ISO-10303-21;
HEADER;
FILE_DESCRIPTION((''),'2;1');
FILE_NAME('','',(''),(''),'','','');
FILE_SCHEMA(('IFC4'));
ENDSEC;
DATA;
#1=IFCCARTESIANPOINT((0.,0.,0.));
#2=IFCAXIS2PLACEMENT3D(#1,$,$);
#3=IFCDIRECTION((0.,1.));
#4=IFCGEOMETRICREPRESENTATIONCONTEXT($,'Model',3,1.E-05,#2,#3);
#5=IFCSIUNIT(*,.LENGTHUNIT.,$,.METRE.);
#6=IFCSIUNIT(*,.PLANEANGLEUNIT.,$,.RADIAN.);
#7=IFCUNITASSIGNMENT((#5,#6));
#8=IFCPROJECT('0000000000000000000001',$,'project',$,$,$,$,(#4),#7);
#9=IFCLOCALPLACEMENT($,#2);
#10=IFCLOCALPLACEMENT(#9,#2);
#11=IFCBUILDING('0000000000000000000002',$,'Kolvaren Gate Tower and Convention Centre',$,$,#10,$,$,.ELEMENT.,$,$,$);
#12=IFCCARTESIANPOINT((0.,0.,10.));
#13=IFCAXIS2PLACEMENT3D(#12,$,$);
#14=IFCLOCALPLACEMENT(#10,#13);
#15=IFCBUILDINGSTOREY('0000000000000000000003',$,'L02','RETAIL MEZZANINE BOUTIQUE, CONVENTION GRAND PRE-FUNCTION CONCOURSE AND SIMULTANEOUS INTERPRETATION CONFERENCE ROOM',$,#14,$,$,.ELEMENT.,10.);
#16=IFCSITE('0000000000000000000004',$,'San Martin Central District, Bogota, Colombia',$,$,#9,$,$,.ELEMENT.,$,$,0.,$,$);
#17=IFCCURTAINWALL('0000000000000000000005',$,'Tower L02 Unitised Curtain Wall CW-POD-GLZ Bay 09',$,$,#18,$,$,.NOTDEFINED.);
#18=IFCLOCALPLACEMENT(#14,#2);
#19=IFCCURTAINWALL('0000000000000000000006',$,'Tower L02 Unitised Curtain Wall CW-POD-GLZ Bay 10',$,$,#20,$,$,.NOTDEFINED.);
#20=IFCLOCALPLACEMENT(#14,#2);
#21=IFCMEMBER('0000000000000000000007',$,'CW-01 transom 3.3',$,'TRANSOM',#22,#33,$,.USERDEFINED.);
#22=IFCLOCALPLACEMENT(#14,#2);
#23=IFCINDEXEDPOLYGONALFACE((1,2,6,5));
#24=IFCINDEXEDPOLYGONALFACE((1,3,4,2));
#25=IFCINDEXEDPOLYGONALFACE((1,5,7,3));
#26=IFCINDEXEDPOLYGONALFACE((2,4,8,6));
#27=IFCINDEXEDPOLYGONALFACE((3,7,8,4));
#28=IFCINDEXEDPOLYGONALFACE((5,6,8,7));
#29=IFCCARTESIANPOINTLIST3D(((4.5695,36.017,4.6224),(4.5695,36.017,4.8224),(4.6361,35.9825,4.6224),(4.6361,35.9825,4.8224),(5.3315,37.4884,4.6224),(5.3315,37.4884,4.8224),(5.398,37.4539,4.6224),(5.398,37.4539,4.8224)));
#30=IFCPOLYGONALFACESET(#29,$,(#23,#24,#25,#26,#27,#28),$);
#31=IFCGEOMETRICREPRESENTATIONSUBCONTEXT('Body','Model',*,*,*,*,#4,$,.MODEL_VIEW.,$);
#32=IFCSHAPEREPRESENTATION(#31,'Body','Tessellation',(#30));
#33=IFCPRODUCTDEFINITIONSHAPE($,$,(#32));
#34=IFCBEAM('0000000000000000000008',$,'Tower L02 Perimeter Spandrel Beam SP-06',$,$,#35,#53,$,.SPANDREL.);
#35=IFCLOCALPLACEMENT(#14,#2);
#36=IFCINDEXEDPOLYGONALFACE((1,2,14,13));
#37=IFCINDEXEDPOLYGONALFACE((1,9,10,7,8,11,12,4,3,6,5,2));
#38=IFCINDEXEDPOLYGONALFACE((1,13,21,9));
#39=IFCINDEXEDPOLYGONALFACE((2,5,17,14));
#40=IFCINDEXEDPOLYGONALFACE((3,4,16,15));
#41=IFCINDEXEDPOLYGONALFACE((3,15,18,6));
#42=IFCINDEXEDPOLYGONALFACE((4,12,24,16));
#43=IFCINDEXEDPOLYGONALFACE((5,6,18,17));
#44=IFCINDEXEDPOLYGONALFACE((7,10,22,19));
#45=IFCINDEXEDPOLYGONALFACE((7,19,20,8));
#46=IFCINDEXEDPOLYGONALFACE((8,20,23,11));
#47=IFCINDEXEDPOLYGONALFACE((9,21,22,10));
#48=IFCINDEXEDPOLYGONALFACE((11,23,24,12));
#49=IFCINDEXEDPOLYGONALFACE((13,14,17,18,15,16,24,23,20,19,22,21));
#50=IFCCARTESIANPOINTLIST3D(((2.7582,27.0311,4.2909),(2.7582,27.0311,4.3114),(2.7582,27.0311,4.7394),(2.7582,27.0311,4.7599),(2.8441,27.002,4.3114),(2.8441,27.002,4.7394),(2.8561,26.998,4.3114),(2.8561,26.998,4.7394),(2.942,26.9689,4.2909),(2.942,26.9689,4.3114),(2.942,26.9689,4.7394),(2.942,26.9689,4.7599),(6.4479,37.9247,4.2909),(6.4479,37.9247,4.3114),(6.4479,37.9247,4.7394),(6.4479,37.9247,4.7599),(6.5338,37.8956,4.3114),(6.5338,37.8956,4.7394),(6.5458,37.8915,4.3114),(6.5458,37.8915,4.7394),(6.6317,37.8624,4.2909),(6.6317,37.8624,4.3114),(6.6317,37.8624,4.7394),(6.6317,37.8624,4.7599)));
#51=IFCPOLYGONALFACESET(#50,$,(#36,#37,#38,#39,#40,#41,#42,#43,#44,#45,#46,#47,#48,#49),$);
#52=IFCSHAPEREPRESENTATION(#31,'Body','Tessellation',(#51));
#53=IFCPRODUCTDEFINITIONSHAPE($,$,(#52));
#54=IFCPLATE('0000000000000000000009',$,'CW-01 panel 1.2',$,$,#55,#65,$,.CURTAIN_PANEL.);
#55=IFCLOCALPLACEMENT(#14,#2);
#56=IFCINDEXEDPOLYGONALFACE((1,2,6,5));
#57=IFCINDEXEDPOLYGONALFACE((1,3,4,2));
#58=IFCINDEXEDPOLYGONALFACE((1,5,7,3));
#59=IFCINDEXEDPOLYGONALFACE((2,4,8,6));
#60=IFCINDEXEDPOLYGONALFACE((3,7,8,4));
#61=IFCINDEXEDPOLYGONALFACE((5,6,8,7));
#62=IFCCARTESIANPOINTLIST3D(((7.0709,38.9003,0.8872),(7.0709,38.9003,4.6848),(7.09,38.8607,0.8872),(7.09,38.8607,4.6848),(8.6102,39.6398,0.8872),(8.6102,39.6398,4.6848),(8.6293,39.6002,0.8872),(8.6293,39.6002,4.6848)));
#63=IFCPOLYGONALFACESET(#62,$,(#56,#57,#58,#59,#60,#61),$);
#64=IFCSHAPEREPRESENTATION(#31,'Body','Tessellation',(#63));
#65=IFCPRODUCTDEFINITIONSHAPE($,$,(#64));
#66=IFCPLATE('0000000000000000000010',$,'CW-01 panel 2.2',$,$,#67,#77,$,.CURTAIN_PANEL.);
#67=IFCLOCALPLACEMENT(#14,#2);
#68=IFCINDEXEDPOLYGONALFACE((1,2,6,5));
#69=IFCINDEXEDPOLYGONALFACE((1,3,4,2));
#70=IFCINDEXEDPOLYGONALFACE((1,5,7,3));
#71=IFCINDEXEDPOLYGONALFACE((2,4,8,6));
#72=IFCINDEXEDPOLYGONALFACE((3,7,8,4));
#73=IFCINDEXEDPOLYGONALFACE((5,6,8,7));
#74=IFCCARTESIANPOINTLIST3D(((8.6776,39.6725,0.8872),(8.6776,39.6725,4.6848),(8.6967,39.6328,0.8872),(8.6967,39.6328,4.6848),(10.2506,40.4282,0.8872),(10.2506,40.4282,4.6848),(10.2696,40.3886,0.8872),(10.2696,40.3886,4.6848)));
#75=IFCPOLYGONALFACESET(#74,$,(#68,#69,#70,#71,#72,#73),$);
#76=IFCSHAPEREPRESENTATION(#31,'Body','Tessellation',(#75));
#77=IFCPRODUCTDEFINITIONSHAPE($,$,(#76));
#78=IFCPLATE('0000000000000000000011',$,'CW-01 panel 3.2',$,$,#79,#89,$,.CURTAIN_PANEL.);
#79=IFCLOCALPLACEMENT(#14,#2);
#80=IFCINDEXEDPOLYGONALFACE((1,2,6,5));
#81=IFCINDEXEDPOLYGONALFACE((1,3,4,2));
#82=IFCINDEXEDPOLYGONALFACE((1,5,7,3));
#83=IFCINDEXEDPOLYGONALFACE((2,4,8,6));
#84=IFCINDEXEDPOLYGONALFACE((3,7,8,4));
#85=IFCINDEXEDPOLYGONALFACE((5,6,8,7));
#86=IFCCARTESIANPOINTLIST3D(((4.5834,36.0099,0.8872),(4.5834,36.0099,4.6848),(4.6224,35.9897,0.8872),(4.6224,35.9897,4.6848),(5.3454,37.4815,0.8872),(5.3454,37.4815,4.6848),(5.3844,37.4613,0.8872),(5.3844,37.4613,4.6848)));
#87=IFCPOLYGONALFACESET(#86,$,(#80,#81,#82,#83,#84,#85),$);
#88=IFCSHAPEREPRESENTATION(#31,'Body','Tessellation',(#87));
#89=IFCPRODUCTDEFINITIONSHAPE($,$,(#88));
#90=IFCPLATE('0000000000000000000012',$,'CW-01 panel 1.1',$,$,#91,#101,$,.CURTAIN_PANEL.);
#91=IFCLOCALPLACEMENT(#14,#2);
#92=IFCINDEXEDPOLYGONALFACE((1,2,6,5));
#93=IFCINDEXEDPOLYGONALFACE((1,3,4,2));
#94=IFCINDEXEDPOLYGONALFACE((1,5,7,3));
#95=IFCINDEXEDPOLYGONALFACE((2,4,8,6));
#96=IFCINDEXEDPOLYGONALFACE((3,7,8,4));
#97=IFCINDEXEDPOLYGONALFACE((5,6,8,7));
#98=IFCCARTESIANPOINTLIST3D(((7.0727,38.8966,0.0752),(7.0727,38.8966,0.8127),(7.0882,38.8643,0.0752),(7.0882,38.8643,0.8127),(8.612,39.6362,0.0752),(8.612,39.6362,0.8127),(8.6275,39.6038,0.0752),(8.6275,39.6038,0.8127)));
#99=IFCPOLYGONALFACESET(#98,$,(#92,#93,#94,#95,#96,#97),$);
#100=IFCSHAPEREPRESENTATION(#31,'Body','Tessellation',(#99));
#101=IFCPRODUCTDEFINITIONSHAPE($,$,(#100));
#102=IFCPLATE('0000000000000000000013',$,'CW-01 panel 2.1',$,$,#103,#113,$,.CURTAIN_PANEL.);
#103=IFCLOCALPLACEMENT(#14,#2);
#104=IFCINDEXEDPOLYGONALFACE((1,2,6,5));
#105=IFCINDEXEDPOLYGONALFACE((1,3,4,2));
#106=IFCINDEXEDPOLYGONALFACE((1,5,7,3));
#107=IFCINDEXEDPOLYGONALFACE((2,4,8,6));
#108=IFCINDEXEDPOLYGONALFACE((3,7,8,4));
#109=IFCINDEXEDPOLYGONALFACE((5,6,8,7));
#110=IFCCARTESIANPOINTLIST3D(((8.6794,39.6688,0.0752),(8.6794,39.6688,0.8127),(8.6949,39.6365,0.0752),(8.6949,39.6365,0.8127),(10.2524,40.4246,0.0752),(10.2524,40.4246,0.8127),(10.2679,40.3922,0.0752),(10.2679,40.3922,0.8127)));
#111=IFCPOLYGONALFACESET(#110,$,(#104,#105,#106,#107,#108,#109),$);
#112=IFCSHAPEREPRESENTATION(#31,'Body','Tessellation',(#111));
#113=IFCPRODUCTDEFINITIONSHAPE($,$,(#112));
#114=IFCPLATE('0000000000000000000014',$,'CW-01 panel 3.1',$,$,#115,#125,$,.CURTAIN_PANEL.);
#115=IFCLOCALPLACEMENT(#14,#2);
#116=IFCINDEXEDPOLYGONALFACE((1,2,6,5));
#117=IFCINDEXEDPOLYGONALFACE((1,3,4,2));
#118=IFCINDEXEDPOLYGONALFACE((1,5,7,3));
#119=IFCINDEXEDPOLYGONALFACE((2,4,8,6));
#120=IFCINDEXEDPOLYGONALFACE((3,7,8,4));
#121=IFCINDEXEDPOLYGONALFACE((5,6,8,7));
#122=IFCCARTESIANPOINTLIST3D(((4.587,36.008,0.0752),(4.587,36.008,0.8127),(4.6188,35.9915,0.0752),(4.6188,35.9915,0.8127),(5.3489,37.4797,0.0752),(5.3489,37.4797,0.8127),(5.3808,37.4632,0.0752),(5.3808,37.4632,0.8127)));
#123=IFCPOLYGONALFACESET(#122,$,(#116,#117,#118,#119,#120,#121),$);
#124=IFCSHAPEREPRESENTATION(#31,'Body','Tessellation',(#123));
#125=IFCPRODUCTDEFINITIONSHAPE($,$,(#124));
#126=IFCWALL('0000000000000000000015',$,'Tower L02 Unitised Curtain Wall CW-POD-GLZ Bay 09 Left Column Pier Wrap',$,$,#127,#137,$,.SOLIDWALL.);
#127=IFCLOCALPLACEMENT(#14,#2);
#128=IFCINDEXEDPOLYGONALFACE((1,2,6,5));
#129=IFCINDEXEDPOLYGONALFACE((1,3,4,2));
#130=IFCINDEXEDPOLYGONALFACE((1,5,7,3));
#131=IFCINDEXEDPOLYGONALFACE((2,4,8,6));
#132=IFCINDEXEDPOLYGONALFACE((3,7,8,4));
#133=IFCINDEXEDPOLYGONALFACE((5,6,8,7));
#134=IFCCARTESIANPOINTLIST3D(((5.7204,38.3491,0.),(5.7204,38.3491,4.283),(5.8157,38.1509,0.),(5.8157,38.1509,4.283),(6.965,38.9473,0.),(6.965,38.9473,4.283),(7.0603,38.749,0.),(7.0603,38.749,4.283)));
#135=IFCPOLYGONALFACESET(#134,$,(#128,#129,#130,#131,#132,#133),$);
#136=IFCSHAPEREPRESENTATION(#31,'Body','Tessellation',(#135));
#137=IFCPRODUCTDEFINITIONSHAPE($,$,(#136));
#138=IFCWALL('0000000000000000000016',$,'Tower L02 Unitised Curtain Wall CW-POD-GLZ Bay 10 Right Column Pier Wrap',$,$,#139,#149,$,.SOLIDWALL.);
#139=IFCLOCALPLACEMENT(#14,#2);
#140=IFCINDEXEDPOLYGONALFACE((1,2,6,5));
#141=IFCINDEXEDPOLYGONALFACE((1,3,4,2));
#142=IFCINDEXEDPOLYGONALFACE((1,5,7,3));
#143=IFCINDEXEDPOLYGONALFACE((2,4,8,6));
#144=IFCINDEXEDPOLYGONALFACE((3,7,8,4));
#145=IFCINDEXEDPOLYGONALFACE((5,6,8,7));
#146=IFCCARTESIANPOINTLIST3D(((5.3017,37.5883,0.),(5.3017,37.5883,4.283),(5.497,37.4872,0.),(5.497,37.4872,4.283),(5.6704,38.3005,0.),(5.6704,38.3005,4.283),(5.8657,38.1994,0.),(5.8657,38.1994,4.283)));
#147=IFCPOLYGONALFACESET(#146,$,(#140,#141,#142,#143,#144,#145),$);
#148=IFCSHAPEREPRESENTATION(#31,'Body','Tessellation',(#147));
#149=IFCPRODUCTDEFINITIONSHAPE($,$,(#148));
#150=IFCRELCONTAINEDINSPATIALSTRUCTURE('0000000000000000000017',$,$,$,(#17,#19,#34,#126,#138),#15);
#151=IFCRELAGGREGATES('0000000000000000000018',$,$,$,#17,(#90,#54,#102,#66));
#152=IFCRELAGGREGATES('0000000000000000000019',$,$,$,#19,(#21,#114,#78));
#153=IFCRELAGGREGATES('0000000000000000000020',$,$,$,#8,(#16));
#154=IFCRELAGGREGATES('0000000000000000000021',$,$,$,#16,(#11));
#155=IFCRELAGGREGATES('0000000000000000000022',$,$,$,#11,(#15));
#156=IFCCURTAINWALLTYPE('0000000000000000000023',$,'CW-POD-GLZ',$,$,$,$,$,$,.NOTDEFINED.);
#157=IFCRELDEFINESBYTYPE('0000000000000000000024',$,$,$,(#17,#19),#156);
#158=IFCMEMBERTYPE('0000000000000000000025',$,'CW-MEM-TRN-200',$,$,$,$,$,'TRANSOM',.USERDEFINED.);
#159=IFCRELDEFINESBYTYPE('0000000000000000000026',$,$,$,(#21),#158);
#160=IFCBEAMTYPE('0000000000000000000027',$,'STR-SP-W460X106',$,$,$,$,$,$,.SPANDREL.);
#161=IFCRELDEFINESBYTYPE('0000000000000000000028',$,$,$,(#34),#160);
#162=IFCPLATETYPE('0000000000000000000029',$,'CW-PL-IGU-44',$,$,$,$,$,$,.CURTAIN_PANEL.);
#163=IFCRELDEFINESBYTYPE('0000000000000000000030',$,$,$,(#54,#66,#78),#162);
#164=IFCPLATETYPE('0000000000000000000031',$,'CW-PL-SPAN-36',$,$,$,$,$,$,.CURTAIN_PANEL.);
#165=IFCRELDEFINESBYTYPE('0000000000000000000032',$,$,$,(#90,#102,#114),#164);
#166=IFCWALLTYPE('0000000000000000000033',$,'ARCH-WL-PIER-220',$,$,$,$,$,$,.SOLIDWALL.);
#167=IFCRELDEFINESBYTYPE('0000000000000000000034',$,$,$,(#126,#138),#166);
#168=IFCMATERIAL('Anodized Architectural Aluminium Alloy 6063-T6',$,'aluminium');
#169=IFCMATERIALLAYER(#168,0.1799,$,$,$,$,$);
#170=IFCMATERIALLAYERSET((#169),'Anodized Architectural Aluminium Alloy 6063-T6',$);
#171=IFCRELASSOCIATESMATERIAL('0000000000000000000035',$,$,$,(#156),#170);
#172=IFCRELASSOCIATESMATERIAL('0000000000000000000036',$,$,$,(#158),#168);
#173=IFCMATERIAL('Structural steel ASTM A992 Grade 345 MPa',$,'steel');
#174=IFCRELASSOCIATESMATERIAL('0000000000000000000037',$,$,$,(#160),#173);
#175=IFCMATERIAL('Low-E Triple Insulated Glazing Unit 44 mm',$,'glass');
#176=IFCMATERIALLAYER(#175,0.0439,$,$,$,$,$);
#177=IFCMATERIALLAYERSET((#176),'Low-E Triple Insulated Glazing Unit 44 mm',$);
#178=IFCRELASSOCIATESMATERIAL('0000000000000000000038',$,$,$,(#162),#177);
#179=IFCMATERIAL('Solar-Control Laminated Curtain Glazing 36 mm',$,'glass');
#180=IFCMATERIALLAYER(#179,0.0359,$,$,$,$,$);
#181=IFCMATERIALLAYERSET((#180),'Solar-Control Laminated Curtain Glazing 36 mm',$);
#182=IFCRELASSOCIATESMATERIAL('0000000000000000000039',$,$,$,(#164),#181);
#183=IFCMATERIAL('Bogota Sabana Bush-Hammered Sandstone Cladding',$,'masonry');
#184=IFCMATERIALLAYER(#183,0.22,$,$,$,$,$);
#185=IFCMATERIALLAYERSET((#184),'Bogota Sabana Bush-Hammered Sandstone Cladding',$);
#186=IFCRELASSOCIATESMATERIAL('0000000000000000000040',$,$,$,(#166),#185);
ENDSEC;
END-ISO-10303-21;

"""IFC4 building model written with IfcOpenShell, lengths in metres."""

from ifc_helpers import new_model, si_unit, direction, frame, frame_2d, origin, origin_2d, place, context, subcontext, project, spatial, rectangle, i_section, extrude, material, layer, layer_set, material_profile, profile_set, type_object, element, aggregate, save


model = new_model("IFC4")

# Units and contexts
model_context = context("Model", 3, precision=1e-05, world=origin(), true_north=direction((0.0, 1.0)))
body_context = subcontext(model_context, "Body", "Model", "MODEL_VIEW")
ifc_project = project(units=[si_unit("LENGTHUNIT", "METRE"), si_unit("PLANEANGLEUNIT", "RADIAN")], contexts=[model_context])

# Site, building, storey
site_placement = place(None, origin())
site = spatial("IfcSite", under=ifc_project, at=site_placement, Name="San Martin Central District, Bogota, Colombia", CompositionType="ELEMENT", RefElevation=0.0)
building_placement = place(site_placement, origin())
building = spatial("IfcBuilding", under=site, at=building_placement, Name="Kolvaren Gate Tower and Convention Centre", CompositionType="ELEMENT")
storey_placement = place(building_placement, frame((0.0, 0.0, 10.0)))
storey = spatial("IfcBuildingStorey", under=building, at=storey_placement, Name="L02", Description="RETAIL MEZZANINE BOUTIQUE, CONVENTION GRAND PRE-FUNCTION CONCOURSE AND SIMULTANEOUS INTERPRETATION CONFERENCE ROOM", CompositionType="ELEMENT", Elevation=10.0)

# Curtain wall
ifc_material_1 = material(Name="Anodized Architectural Aluminium Alloy 6063-T6", Category="aluminium")
ifc_layer_1 = layer(ifc_material_1, 0.1799)
ifc_layer_set_1 = layer_set([ifc_layer_1], Name="Anodized Architectural Aluminium Alloy 6063-T6")
curtain_wall_type = type_object("IfcCurtainWallType", Name="CW-POD-GLZ", PredefinedType="NOTDEFINED", material=ifc_layer_set_1)
curtain_wall_1_placement = place(storey_placement, origin())
curtain_wall_1 = element("IfcCurtainWall", 1, at=curtain_wall_1_placement, inside=storey, type_object=curtain_wall_type, Name="Tower L02 Unitised Curtain Wall CW-POD-GLZ Bay 09", PredefinedType="NOTDEFINED")

# Curtain wall
curtain_wall_2_placement = place(storey_placement, origin())
curtain_wall_2 = element("IfcCurtainWall", 2, at=curtain_wall_2_placement, inside=storey, type_object=curtain_wall_type, Name="Tower L02 Unitised Curtain Wall CW-POD-GLZ Bay 10", PredefinedType="NOTDEFINED")

# Member
ifc_material_profile_1 = material_profile(ifc_material_1, rectangle(XDim=0.075, YDim=0.2, at=origin_2d()), Name="CW-MEM-TRN-200")
ifc_profile_set_1 = profile_set([ifc_material_profile_1], Name="Anodized Architectural Aluminium Alloy 6063-T6")
member_type_1 = type_object("IfcMemberType", Name="CW-MEM-TRN-200", ElementType="TRANSOM", PredefinedType="USERDEFINED", material=ifc_profile_set_1)
member_1_placement = place(storey_placement, frame((4.6028, 35.9998, 4.7224), z_axis=(0.45984, 0.888002, 0.0), x_axis=(-0.888002, 0.45984, 0.0)))
member_1 = element("IfcMember", 3, at=member_1_placement, type_object=member_type_1, Name="CW-01 transom 3.3", ObjectType="TRANSOM", PredefinedType="USERDEFINED", context=body_context, shape_type="SweptSolid", body=[
    extrude(rectangle(XDim=0.075, YDim=0.2, at=origin_2d()), origin(), (0.0, 0.0, 1.0), 1.657),
])

# Beam
ifc_material_2 = material(Name="Structural steel ASTM A992 Grade 345 MPa", Category="steel")
ifc_material_profile_2 = material_profile(ifc_material_2, i_section(OverallWidth=0.1941, OverallDepth=0.469, WebThickness=0.0127, FlangeThickness=0.0205, at=origin_2d()), Name="W460X106")
ifc_profile_set_2 = profile_set([ifc_material_profile_2], Name="Structural steel ASTM A992 Grade 345 MPa")
beam_type = type_object("IfcBeamType", Name="STR-SP-W460X106", PredefinedType="SPANDREL", material=ifc_profile_set_2)
beam_placement = place(storey_placement, frame((6.5398, 37.8936, 4.5254), z_axis=(-0.320803, -0.947146, 0.0), x_axis=(0.947146, -0.320803, 0.0)))
element("IfcBeam", 4, at=beam_placement, inside=storey, type_object=beam_type, Name="Tower L02 Perimeter Spandrel Beam SP-06", PredefinedType="SPANDREL", context=body_context, shape_type="SweptSolid", body=[
    extrude(i_section(OverallWidth=0.1941, OverallDepth=0.469, WebThickness=0.0127, FlangeThickness=0.0205, at=origin_2d()), origin(), (0.0, 0.0, 1.0), 11.5015),
])

# Plates
ifc_material_3 = material(Name="Low-E Triple Insulated Glazing Unit 44 mm", Category="glass")
ifc_layer_2 = layer(ifc_material_3, 0.0439)
ifc_layer_set_2 = layer_set([ifc_layer_2], Name="Low-E Triple Insulated Glazing Unit 44 mm")
plate_type_1 = type_object("IfcPlateType", Name="CW-PL-IGU-44", PredefinedType="CURTAIN_PANEL", material=ifc_layer_set_2)
plate_1_placement = place(storey_placement, frame((7.8501, 39.2502, 0.8872), z_axis=(0.0, 0.0, 1.0), x_axis=(0.901367, 0.433057, 0.0)))
plate_1 = element("IfcPlate", 5, at=plate_1_placement, type_object=plate_type_1, Name="CW-01 panel 1.2", PredefinedType="CURTAIN_PANEL", context=body_context, shape_type="SweptSolid", body=[
    extrude(rectangle(XDim=1.7078, YDim=0.0439, at=origin_2d()), origin(), (0.0, 0.0, 1.0), 3.7976),
])
plate_2_placement = place(storey_placement, frame((9.4736, 40.0305, 0.8872), z_axis=(0.0, 0.0, 1.0), x_axis=(0.901367, 0.433057, 0.0)))
plate_2 = element("IfcPlate", 6, at=plate_2_placement, type_object=plate_type_1, Name="CW-01 panel 2.2", PredefinedType="CURTAIN_PANEL", context=body_context, shape_type="SweptSolid", body=[
    extrude(rectangle(XDim=1.7451, YDim=0.0439, at=origin_2d()), origin(), (0.0, 0.0, 1.0), 3.7976),
])
plate_3_placement = place(storey_placement, frame((4.9839, 36.7356, 0.8872), z_axis=(0.0, 0.0, 1.0), x_axis=(0.459789, 0.888028, 0.0)))
plate_3 = element("IfcPlate", 7, at=plate_3_placement, type_object=plate_type_1, Name="CW-01 panel 3.2", PredefinedType="CURTAIN_PANEL", context=body_context, shape_type="SweptSolid", body=[
    extrude(rectangle(XDim=1.6572, YDim=0.0439, at=origin_2d()), origin(), (0.0, 0.0, 1.0), 3.7976),
])
ifc_material_4 = material(Name="Solar-Control Laminated Curtain Glazing 36 mm", Category="glass")
ifc_layer_3 = layer(ifc_material_4, 0.0359)
ifc_layer_set_3 = layer_set([ifc_layer_3], Name="Solar-Control Laminated Curtain Glazing 36 mm")
plate_type_2 = type_object("IfcPlateType", Name="CW-PL-SPAN-36", PredefinedType="CURTAIN_PANEL", material=ifc_layer_set_3)
plate_4_placement = place(storey_placement, frame((7.8501, 39.2502, 0.0752), z_axis=(0.0, 0.0, 1.0), x_axis=(0.901367, 0.433057, 0.0)))
plate_4 = element("IfcPlate", 8, at=plate_4_placement, type_object=plate_type_2, Name="CW-01 panel 1.1", PredefinedType="CURTAIN_PANEL", context=body_context, shape_type="SweptSolid", body=[
    extrude(rectangle(XDim=1.7078, YDim=0.0359, at=origin_2d()), origin(), (0.0, 0.0, 1.0), 0.7375),
])
plate_5_placement = place(storey_placement, frame((9.4736, 40.0305, 0.0752), z_axis=(0.0, 0.0, 1.0), x_axis=(0.901367, 0.433057, 0.0)))
plate_5 = element("IfcPlate", 9, at=plate_5_placement, type_object=plate_type_2, Name="CW-01 panel 2.1", PredefinedType="CURTAIN_PANEL", context=body_context, shape_type="SweptSolid", body=[
    extrude(rectangle(XDim=1.7451, YDim=0.0359, at=origin_2d()), origin(), (0.0, 0.0, 1.0), 0.7375),
])
aggregate(curtain_wall_1, [plate_4, plate_1, plate_5, plate_2])
plate_6_placement = place(storey_placement, frame((4.9839, 36.7356, 0.0752), z_axis=(0.0, 0.0, 1.0), x_axis=(0.459789, 0.888028, 0.0)))
plate_6 = element("IfcPlate", 10, at=plate_6_placement, type_object=plate_type_2, Name="CW-01 panel 3.1", PredefinedType="CURTAIN_PANEL", context=body_context, shape_type="SweptSolid", body=[
    extrude(rectangle(XDim=1.6572, YDim=0.0359, at=origin_2d()), origin(), (0.0, 0.0, 1.0), 0.7375),
])
aggregate(curtain_wall_2, [member_1, plate_6, plate_3])

# Walls
ifc_material_5 = material(Name="Bogota Sabana Bush-Hammered Sandstone Cladding", Category="masonry")
ifc_layer_4 = layer(ifc_material_5, 0.22)
ifc_layer_set_4 = layer_set([ifc_layer_4], Name="Bogota Sabana Bush-Hammered Sandstone Cladding")
wall_type = type_object("IfcWallType", Name="ARCH-WL-PIER-220", PredefinedType="SOLIDWALL", material=ifc_layer_set_4)
wall_1_placement = place(storey_placement, frame((5.7681, 38.25, 0.0), z_axis=(0.0, 0.0, 1.0), x_axis=(0.901319, 0.433156, 0.0)))
element("IfcWall", 11, at=wall_1_placement, inside=storey, type_object=wall_type, Name="Tower L02 Unitised Curtain Wall CW-POD-GLZ Bay 09 Left Column Pier Wrap", PredefinedType="SOLIDWALL", context=body_context, shape_type="SweptSolid", body=[
    extrude(rectangle(XDim=1.3809, YDim=0.22, at=frame_2d((0.6904, 0.0))), origin(), (0.0, 0.0, 1.0), 4.283),
])
wall_2_placement = place(storey_placement, frame((5.3994, 37.5378, 0.0), z_axis=(0.0, 0.0, 1.0), x_axis=(0.459713, 0.888068, 0.0)))
element("IfcWall", 12, at=wall_2_placement, inside=storey, type_object=wall_type, Name="Tower L02 Unitised Curtain Wall CW-POD-GLZ Bay 10 Right Column Pier Wrap", PredefinedType="SOLIDWALL", context=body_context, shape_type="SweptSolid", body=[
    extrude(rectangle(XDim=0.802, YDim=0.22, at=frame_2d((0.4009, 0.0))), origin(), (0.0, 0.0, 1.0), 4.283),
])

save(model, "model.ifc")
